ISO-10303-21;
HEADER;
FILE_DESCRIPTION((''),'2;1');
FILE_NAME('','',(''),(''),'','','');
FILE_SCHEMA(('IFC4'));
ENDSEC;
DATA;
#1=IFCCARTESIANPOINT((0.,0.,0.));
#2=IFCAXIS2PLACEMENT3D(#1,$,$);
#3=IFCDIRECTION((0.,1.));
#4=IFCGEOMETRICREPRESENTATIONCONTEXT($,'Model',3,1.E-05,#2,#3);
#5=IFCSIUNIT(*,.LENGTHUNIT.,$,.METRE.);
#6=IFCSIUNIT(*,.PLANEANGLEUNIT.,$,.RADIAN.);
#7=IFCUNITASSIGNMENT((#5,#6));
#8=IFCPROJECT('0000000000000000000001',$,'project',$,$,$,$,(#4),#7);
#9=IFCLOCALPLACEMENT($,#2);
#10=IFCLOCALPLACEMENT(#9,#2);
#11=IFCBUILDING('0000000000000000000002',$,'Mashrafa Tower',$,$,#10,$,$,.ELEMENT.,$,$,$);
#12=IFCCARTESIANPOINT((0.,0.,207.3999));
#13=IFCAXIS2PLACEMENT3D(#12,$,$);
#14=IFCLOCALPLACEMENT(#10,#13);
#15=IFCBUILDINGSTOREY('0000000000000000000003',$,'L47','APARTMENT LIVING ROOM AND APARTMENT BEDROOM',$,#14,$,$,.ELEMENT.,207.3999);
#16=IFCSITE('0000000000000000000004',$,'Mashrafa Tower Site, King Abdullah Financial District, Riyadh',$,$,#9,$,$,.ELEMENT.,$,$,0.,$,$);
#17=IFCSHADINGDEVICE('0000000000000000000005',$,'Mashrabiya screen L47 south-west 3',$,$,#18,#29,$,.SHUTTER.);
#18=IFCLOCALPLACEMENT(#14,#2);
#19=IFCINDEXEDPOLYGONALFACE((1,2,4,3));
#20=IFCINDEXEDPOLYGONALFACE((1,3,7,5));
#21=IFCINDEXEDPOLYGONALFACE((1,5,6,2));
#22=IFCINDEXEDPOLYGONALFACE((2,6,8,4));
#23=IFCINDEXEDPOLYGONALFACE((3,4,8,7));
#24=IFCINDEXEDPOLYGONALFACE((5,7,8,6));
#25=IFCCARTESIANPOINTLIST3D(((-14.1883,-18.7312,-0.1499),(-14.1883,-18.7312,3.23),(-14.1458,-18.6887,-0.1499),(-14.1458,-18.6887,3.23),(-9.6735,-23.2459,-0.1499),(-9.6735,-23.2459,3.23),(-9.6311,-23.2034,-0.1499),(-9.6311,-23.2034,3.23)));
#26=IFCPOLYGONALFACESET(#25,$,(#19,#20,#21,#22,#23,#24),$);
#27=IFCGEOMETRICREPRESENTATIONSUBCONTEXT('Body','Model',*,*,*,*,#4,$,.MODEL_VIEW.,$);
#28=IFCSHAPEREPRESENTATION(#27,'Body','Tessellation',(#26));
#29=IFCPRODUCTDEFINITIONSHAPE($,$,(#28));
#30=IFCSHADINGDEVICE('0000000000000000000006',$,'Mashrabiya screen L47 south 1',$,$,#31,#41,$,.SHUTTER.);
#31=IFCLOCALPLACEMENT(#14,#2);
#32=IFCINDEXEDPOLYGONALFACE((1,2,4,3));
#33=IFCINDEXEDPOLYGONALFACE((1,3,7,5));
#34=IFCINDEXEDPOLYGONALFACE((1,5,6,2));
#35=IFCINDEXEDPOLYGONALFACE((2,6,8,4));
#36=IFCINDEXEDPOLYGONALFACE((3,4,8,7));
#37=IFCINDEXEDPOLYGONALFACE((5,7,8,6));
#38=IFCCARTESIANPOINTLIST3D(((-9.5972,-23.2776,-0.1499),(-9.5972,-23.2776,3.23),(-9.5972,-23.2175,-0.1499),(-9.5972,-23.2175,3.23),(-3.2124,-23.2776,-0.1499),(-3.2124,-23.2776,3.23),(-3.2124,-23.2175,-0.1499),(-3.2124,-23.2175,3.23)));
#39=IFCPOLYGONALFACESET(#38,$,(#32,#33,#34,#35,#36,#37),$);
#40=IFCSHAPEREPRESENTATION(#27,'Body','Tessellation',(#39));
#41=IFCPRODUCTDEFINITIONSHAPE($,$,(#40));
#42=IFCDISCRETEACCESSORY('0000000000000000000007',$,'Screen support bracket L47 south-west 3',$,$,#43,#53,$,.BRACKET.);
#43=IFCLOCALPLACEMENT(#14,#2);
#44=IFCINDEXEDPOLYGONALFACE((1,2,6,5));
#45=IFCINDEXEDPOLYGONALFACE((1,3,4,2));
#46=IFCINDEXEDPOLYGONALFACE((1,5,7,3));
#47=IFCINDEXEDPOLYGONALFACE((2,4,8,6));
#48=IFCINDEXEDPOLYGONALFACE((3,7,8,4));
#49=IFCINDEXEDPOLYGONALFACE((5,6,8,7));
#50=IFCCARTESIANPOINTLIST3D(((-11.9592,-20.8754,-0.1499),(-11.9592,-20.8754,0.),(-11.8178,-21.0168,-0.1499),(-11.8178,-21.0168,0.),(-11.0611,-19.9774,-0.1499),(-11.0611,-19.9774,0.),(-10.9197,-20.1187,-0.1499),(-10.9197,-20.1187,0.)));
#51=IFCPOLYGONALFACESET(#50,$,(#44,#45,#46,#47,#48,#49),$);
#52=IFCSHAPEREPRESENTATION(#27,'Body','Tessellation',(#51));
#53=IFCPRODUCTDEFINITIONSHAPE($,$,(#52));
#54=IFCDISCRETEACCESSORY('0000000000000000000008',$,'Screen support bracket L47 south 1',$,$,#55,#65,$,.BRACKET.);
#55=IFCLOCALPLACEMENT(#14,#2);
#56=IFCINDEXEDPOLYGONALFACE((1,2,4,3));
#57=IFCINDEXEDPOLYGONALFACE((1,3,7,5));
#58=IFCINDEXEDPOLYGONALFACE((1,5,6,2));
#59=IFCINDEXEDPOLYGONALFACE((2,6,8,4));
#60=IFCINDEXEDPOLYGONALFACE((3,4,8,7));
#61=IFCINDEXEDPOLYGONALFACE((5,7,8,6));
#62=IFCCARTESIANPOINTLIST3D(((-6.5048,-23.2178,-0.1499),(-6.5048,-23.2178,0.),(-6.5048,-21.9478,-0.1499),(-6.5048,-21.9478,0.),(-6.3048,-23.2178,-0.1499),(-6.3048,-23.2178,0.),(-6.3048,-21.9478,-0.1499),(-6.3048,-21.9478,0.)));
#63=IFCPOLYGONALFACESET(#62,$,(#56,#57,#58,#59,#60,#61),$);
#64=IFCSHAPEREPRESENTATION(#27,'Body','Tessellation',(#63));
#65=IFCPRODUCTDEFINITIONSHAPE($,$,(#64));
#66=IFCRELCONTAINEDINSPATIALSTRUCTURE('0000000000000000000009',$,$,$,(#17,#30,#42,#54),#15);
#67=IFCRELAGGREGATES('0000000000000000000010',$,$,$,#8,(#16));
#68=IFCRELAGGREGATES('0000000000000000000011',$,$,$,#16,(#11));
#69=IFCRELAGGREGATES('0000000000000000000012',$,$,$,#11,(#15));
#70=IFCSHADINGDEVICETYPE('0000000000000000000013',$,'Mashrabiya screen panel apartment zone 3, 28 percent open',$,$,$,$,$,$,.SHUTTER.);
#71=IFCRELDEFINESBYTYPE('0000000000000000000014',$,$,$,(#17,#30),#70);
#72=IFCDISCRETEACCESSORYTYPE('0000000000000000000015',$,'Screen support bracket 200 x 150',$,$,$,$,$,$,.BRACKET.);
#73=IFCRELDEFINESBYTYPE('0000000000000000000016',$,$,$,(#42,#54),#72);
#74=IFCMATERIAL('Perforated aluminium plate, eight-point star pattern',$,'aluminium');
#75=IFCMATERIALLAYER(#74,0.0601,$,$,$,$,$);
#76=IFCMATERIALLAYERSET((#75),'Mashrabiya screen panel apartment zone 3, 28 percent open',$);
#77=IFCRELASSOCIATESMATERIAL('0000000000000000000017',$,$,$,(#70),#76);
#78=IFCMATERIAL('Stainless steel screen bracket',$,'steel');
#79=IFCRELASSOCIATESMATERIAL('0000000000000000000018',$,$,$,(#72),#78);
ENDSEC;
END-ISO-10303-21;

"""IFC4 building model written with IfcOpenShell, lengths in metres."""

from ifc_helpers import new_model, si_unit, direction, frame, origin, origin_2d, place, context, subcontext, project, spatial, rectangle, extrude, source, transform, mapped, material, layer, layer_set, type_object, type_shapes, element, save


model = new_model("IFC4")

# Units and contexts
model_context = context("Model", 3, precision=1e-05, world=origin(), true_north=direction((0.0, 1.0)))
body_context = subcontext(model_context, "Body", "Model", "MODEL_VIEW")
ifc_project = project(units=[si_unit("LENGTHUNIT", "METRE"), si_unit("PLANEANGLEUNIT", "RADIAN")], contexts=[model_context])

# Site, building, storey
site_placement = place(None, origin())
site = spatial("IfcSite", under=ifc_project, at=site_placement, Name="Mashrafa Tower Site, King Abdullah Financial District, Riyadh", CompositionType="ELEMENT", RefElevation=0.0)
building_placement = place(site_placement, origin())
building = spatial("IfcBuilding", under=site, at=building_placement, Name="Mashrafa Tower", CompositionType="ELEMENT")
storey_placement = place(building_placement, frame((0.0, 0.0, 207.3999)))
storey = spatial("IfcBuildingStorey", under=building, at=storey_placement, Name="L47", Description="APARTMENT LIVING ROOM AND APARTMENT BEDROOM", CompositionType="ELEMENT", Elevation=207.3999)

# Shading devices
ifc_material_1 = material(Name="Perforated aluminium plate, eight-point star pattern", Category="aluminium")
ifc_layer_1 = layer(ifc_material_1, 0.0601)
ifc_layer_set_1 = layer_set([ifc_layer_1], Name="Mashrabiya screen panel apartment zone 3, 28 percent open")
shading_device_type = type_object("IfcShadingDeviceType", Name="Mashrabiya screen panel apartment zone 3, 28 percent open", PredefinedType="SHUTTER", material=ifc_layer_set_1)
shared_shape_1 = source(origin(), body_context, "Body", "SweptSolid", [
    extrude(rectangle(XDim=6.3848, YDim=0.0601, at=origin_2d()), origin(), (0.0, 0.0, 1.0), 3.3799),
])
type_shapes(shading_device_type, [shared_shape_1])
for number, where, z_axis, x_axis, name in (
    (1, (-11.9097, -20.9673, -0.1499), (0.0, 0.0, 1.0), (0.707107, -0.707107, 0.0), "Mashrabiya screen L47 south-west 3"),
    (2, (-6.4048, -23.2476, -0.1499), (0.0, 0.0, 1.0), (1.0, 0.0, 0.0), "Mashrabiya screen L47 south 1"),
):
    element("IfcShadingDevice", number, at=place(storey_placement, frame(where, z_axis=z_axis, x_axis=x_axis)), inside=storey, type_object=shading_device_type, Name=name, PredefinedType="SHUTTER", context=body_context, shape_type="MappedRepresentation", body=[
        mapped(shared_shape_1, transform((0.0, 0.0, 0.0))),
    ])

# Discrete accessories
ifc_material_2 = material(Name="Stainless steel screen bracket", Category="steel")
discrete_accessory_type = type_object("IfcDiscreteAccessoryType", Name="Screen support bracket 200 x 150", PredefinedType="BRACKET", material=ifc_material_2)
shared_shape_2 = source(origin(), body_context, "Body", "SweptSolid", [
    extrude(rectangle(XDim=0.2, YDim=1.27, at=origin_2d()), origin(), (0.0, 0.0, 1.0), 0.1499),
])
type_shapes(discrete_accessory_type, [shared_shape_2])
for number, where, z_axis, x_axis, name in (
    (3, (-11.4395, -20.4971, -0.1499), (0.0, 0.0, 1.0), (0.707107, -0.707107, 0.0), "Screen support bracket L47 south-west 3"),
    (4, (-6.4048, -22.5828, -0.1499), (0.0, 0.0, 1.0), (1.0, 0.0, 0.0), "Screen support bracket L47 south 1"),
):
    element("IfcDiscreteAccessory", number, at=place(storey_placement, frame(where, z_axis=z_axis, x_axis=x_axis)), inside=storey, type_object=discrete_accessory_type, Name=name, PredefinedType="BRACKET", context=body_context, shape_type="MappedRepresentation", body=[
        mapped(shared_shape_2, transform((0.0, 0.0, 0.0))),
    ])

save(model, "model.ifc")
